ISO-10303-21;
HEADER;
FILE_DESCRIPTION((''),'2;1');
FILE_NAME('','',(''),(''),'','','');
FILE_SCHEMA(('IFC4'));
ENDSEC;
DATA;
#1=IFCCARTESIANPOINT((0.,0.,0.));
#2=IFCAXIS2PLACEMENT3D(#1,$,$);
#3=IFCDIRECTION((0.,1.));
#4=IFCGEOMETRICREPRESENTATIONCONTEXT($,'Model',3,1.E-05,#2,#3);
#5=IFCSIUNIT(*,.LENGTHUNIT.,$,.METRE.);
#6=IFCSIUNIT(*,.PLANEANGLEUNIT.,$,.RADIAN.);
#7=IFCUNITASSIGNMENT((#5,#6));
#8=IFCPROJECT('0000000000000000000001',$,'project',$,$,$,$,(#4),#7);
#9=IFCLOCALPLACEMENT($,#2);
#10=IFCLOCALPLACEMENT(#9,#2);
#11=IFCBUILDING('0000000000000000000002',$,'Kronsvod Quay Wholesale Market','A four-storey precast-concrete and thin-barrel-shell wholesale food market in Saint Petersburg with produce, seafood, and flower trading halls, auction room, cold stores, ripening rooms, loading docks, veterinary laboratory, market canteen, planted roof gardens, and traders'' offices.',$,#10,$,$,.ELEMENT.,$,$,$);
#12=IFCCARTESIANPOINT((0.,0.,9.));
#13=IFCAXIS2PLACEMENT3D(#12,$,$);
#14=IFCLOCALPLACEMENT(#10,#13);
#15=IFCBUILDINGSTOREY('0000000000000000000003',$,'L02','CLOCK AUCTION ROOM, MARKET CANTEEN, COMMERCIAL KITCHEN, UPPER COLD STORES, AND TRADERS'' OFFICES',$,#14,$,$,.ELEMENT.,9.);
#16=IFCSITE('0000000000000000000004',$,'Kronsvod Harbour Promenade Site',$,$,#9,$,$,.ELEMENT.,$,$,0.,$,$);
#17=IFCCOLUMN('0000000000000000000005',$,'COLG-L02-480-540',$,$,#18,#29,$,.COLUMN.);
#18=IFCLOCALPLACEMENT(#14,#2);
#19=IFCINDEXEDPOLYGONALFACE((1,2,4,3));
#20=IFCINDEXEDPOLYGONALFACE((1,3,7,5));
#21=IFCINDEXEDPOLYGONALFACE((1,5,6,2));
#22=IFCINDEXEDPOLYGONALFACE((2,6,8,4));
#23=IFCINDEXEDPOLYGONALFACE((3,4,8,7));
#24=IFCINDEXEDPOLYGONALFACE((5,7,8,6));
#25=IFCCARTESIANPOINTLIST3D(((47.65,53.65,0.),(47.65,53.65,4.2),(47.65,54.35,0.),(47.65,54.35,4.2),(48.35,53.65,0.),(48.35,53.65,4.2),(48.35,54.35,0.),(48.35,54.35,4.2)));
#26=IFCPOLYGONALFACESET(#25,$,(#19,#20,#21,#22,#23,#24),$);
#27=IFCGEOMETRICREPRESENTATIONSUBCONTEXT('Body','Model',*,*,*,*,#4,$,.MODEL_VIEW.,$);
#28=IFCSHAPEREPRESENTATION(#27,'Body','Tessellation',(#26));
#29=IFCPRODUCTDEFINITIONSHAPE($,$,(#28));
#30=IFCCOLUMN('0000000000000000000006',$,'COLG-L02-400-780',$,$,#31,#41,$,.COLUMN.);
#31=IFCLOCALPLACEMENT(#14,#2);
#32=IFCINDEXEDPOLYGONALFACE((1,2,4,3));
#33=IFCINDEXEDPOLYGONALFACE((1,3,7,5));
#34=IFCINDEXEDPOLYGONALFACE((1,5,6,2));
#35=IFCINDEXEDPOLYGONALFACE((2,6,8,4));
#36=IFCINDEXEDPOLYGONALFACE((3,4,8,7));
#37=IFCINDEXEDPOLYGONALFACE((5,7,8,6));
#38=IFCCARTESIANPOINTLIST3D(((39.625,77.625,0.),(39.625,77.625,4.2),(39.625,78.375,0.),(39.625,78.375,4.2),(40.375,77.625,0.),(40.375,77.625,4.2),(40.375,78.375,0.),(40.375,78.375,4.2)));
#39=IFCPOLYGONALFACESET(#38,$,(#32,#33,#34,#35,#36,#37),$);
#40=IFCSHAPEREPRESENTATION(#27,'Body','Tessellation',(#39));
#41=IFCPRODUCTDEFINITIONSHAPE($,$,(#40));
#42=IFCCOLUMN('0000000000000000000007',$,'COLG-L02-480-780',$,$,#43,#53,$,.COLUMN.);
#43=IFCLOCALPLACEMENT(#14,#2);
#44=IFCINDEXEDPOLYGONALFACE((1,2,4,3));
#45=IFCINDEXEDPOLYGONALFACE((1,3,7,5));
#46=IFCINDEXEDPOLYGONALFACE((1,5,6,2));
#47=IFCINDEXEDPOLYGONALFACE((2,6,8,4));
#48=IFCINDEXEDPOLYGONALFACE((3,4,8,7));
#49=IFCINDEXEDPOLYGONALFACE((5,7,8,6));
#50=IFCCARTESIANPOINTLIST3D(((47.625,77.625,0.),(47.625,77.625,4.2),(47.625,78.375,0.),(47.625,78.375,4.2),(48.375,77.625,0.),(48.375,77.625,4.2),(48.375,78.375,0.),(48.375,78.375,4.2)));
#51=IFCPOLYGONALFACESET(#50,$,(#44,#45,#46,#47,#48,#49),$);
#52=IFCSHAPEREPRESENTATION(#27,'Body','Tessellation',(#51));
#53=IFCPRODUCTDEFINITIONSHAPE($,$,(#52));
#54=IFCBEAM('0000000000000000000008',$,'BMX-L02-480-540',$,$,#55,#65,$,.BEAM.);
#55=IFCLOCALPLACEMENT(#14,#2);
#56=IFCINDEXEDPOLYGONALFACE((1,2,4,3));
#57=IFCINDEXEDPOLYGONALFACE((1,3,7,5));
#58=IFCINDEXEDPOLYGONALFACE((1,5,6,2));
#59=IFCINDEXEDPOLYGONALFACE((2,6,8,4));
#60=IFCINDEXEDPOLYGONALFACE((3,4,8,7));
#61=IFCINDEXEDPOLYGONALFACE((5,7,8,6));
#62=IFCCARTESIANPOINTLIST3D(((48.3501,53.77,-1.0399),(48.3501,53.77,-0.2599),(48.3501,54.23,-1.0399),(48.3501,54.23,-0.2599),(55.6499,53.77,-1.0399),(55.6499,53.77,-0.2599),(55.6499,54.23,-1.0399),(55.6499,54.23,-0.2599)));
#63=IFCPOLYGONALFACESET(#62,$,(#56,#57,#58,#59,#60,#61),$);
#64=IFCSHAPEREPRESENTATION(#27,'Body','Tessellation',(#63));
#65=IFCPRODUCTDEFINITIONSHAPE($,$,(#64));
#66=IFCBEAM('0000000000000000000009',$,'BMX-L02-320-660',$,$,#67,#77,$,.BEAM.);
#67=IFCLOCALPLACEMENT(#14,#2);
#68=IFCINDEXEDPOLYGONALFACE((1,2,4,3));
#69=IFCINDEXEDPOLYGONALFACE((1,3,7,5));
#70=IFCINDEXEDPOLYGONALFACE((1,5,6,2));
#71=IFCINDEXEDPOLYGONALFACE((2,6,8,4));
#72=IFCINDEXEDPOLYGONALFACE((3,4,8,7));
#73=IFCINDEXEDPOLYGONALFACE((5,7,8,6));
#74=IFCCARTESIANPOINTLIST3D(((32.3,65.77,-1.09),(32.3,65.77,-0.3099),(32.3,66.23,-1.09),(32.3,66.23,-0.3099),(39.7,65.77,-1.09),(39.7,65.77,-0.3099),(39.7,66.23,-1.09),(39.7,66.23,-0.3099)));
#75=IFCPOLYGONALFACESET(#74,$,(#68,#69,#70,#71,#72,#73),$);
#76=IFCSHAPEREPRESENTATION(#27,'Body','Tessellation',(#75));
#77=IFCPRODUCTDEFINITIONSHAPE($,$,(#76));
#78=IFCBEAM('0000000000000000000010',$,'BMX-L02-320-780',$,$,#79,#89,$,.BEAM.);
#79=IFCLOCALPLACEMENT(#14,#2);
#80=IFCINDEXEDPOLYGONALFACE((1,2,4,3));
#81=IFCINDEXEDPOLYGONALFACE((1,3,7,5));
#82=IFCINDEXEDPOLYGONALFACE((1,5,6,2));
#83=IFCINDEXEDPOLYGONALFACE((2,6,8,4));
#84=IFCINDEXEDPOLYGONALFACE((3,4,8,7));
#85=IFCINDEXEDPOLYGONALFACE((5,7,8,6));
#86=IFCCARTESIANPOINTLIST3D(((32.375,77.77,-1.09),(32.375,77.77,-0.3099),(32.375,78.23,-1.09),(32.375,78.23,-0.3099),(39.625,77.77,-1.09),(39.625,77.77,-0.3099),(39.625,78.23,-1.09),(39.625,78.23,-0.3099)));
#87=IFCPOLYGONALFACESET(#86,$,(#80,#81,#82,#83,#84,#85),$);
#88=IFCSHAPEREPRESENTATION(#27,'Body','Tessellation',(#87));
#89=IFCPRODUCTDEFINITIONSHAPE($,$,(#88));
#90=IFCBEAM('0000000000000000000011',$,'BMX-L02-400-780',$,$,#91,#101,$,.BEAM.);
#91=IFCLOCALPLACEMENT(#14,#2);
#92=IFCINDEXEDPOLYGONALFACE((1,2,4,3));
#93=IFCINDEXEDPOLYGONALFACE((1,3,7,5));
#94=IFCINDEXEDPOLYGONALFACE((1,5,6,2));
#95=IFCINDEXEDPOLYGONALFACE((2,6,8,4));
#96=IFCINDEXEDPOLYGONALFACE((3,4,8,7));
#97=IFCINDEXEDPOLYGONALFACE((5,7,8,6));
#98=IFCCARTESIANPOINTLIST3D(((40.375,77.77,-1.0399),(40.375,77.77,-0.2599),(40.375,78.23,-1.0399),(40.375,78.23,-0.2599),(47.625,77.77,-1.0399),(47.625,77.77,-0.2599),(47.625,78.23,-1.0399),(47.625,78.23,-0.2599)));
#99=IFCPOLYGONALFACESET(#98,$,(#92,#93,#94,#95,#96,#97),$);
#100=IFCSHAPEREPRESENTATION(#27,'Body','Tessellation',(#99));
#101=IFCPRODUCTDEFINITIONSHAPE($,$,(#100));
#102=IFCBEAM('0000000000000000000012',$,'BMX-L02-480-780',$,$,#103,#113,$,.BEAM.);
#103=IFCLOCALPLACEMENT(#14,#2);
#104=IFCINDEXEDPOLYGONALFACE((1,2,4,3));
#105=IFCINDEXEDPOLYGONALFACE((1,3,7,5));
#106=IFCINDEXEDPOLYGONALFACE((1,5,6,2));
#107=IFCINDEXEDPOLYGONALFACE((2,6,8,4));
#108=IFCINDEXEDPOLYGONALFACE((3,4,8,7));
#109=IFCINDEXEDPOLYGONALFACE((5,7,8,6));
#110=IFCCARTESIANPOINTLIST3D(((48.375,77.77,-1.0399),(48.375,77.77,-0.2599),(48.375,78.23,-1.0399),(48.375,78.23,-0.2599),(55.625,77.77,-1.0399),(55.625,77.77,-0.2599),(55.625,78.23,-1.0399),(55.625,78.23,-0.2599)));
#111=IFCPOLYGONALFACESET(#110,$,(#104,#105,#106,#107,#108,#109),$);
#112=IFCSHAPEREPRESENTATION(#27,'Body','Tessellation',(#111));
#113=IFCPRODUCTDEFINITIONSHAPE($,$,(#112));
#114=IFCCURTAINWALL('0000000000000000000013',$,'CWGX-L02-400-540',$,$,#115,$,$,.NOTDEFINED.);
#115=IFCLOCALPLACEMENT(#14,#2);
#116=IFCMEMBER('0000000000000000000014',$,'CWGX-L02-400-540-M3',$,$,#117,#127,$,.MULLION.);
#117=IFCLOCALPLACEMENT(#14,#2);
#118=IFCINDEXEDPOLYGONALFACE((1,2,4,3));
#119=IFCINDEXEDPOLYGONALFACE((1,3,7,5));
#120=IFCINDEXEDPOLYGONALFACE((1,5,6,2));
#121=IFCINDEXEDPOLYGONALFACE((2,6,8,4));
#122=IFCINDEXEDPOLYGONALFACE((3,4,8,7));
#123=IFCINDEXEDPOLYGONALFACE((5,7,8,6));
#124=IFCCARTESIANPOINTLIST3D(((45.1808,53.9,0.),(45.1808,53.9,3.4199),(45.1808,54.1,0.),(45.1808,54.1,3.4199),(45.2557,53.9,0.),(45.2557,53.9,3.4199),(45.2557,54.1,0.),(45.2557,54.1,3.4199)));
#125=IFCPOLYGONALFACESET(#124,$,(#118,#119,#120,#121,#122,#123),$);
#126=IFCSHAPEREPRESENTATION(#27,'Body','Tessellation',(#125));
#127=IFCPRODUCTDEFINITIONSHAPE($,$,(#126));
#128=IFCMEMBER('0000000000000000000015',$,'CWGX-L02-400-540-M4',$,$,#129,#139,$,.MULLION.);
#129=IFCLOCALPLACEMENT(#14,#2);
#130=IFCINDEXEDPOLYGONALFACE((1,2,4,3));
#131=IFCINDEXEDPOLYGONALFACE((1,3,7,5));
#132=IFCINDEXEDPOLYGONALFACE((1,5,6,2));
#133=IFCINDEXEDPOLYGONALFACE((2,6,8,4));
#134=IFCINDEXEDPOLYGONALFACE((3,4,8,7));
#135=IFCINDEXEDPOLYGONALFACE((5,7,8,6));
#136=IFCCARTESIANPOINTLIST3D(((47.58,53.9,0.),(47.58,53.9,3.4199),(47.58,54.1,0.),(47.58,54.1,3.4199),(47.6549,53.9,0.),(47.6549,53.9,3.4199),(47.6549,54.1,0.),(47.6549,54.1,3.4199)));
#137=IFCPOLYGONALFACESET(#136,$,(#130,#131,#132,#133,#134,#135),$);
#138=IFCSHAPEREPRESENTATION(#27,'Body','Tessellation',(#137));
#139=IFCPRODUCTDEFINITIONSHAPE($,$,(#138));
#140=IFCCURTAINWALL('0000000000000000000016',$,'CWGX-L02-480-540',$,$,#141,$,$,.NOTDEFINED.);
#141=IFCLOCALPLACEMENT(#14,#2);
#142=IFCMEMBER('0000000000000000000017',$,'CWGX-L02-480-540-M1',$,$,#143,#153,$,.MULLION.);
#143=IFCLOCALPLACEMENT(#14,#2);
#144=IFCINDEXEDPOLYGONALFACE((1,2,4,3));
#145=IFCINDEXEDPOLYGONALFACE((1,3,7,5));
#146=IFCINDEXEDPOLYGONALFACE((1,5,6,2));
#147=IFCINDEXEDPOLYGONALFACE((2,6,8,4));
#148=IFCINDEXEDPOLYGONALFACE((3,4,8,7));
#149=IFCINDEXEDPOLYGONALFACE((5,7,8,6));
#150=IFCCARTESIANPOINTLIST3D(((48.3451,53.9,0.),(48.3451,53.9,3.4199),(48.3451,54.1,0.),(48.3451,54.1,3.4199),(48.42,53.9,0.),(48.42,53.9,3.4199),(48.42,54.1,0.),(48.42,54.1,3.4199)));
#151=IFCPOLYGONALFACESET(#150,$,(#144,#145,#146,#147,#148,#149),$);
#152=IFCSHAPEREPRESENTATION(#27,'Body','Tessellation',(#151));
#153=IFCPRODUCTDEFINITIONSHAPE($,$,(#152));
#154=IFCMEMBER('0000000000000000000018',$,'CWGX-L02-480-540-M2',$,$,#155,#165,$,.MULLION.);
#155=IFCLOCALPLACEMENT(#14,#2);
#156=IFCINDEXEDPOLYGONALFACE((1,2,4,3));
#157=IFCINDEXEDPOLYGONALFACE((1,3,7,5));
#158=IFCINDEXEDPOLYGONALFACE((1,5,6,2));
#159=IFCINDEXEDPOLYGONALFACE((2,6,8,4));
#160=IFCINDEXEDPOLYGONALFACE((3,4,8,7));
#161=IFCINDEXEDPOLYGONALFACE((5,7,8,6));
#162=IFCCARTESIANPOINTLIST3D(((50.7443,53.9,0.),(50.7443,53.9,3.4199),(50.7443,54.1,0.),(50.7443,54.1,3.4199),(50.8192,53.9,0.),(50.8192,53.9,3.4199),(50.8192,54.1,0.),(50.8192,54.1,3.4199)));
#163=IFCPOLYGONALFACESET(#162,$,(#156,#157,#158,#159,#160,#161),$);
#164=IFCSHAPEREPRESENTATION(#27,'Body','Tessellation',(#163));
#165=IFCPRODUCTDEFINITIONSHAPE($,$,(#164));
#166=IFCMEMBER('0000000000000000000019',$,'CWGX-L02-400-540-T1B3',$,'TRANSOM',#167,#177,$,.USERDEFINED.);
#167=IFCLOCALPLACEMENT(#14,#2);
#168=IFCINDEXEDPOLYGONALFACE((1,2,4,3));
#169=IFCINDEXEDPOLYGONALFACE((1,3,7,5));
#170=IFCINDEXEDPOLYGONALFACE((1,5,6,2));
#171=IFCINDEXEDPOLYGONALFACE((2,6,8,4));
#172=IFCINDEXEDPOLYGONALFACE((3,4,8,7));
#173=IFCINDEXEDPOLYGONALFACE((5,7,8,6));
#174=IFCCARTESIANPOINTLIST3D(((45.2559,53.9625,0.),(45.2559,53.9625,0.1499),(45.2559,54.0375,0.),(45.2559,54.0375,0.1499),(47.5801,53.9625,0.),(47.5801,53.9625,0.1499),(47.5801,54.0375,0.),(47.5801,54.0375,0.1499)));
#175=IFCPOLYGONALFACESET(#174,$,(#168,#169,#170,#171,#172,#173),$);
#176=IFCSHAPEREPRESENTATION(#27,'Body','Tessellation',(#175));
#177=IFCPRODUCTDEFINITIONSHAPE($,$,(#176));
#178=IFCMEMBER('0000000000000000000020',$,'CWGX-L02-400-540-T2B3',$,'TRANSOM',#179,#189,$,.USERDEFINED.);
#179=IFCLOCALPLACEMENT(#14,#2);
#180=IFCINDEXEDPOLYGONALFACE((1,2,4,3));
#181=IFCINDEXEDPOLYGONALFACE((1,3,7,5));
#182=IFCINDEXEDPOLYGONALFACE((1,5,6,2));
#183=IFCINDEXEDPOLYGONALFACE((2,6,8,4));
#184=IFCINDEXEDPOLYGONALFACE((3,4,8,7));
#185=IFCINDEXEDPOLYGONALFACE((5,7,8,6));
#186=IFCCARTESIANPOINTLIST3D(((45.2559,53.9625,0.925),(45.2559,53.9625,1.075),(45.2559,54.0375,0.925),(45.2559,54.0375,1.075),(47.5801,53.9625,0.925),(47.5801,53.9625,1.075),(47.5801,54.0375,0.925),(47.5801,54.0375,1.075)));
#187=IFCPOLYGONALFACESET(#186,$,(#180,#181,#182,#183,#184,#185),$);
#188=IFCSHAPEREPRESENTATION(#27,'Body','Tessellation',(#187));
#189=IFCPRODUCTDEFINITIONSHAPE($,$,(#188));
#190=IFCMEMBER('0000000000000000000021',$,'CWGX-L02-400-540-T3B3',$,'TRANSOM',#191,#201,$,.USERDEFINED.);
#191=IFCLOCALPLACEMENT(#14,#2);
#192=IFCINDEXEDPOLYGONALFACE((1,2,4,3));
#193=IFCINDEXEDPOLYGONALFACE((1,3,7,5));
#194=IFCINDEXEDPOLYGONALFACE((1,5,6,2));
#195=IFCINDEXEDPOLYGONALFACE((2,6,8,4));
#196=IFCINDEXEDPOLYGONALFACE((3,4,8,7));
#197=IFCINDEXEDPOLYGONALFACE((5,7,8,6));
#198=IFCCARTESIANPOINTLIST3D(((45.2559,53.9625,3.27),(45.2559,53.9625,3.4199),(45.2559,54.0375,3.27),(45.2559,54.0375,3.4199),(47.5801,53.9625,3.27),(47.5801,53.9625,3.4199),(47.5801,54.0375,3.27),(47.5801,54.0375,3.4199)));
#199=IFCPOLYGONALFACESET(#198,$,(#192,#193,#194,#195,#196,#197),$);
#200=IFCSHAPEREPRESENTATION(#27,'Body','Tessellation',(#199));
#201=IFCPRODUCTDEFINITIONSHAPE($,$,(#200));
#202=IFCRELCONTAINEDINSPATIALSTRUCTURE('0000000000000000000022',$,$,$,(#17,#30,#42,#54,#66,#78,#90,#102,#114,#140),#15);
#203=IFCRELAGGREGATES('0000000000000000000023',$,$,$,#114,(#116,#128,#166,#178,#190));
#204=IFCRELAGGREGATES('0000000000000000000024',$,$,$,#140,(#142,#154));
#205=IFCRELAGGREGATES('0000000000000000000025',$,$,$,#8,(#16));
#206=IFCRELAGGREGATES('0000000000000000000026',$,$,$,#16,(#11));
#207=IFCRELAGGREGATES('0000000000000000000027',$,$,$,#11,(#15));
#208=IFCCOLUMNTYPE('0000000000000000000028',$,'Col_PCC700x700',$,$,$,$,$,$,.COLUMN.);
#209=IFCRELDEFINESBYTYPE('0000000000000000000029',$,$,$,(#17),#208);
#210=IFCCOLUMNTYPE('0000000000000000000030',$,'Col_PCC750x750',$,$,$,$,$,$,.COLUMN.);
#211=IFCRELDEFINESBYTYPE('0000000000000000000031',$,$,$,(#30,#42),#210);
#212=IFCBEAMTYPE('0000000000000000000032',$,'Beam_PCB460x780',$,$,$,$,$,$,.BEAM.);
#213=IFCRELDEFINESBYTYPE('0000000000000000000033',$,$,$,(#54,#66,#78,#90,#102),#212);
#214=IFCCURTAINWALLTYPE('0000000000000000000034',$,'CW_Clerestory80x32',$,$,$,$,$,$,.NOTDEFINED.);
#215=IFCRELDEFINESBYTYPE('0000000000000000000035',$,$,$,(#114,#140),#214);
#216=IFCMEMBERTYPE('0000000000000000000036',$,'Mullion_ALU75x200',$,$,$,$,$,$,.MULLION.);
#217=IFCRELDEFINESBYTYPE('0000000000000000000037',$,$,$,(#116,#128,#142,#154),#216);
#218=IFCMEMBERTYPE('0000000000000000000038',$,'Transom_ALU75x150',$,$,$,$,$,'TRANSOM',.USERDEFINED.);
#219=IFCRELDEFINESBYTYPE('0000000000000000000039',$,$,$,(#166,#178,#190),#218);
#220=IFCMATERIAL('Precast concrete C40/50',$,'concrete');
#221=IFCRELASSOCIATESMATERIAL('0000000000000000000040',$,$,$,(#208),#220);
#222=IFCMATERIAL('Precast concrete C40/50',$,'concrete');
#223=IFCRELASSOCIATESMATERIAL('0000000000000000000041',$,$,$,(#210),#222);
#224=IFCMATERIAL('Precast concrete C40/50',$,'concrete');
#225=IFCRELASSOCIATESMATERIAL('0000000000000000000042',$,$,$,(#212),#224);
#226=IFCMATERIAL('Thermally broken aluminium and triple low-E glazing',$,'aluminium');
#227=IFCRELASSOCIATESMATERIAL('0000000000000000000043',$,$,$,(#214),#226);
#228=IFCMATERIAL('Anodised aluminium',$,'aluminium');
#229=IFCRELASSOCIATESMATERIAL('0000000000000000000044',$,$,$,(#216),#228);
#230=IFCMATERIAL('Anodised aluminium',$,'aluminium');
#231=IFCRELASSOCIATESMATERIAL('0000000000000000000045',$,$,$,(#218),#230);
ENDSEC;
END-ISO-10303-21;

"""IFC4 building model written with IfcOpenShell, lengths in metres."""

from ifc_helpers import new_model, si_unit, direction, frame, origin, origin_2d, place, context, subcontext, project, spatial, rectangle, extrude, material, material_profile, profile_set, type_object, element, aggregate, save


model = new_model("IFC4")

# Units and contexts
model_context = context("Model", 3, precision=1e-05, world=origin(), true_north=direction((0.0, 1.0)))
body_context = subcontext(model_context, "Body", "Model", "MODEL_VIEW")
ifc_project = project(units=[si_unit("LENGTHUNIT", "METRE"), si_unit("PLANEANGLEUNIT", "RADIAN")], contexts=[model_context])

# Site, building, storey
site_placement = place(None, origin())
site = spatial("IfcSite", under=ifc_project, at=site_placement, Name="Kronsvod Harbour Promenade Site", CompositionType="ELEMENT", RefElevation=0.0)
building_placement = place(site_placement, origin())
building = spatial("IfcBuilding", under=site, at=building_placement, Name="Kronsvod Quay Wholesale Market", Description="A four-storey precast-concrete and thin-barrel-shell wholesale food market in Saint Petersburg with produce, seafood, and flower trading halls, auction room, cold stores, ripening rooms, loading docks, veterinary laboratory, market canteen, planted roof gardens, and traders' offices.", CompositionType="ELEMENT")
storey_placement = place(building_placement, frame((0.0, 0.0, 9.0)))
storey = spatial("IfcBuildingStorey", under=building, at=storey_placement, Name="L02", Description="CLOCK AUCTION ROOM, MARKET CANTEEN, COMMERCIAL KITCHEN, UPPER COLD STORES, AND TRADERS' OFFICES", CompositionType="ELEMENT", Elevation=9.0)

# Columns
ifc_material_1 = material(Name="Precast concrete C40/50", Category="concrete")
ifc_material_profile_1 = material_profile(ifc_material_1, rectangle(XDim=0.7, YDim=0.7, at=origin_2d()), Name="PCC700x700")
ifc_profile_set_1 = profile_set([ifc_material_profile_1], Name="Precast concrete C40/50")
column_type_1 = type_object("IfcColumnType", Name="Col_PCC700x700", PredefinedType="COLUMN", material=ifc_profile_set_1)
column_placement = place(storey_placement, frame((48.0, 54.0, 0.0), z_axis=(0.0, 0.0, 1.0), x_axis=(1.0, 0.0, 0.0)))
element("IfcColumn", 1, at=column_placement, inside=storey, type_object=column_type_1, Name="COLG-L02-480-540", PredefinedType="COLUMN", context=body_context, shape_type="SweptSolid", body=[
    extrude(rectangle(XDim=0.7, YDim=0.7, at=origin_2d()), origin(), (0.0, 0.0, 1.0), 4.2),
])
ifc_material_2 = material(Name="Precast concrete C40/50", Category="concrete")
ifc_material_profile_2 = material_profile(ifc_material_2, rectangle(XDim=0.75, YDim=0.75, at=origin_2d()), Name="COL-07")
ifc_profile_set_2 = profile_set([ifc_material_profile_2], Name="Precast concrete C40/50")
column_type_2 = type_object("IfcColumnType", Name="Col_PCC750x750", PredefinedType="COLUMN", material=ifc_profile_set_2)
for number, where, z_axis, x_axis, name in (
    (2, (40.0, 78.0, 0.0), (0.0, 0.0, 1.0), (1.0, 0.0, 0.0), "COLG-L02-400-780"),
    (3, (48.0, 78.0, 0.0), (0.0, 0.0, 1.0), (1.0, 0.0, 0.0), "COLG-L02-480-780"),
):
    element("IfcColumn", number, at=place(storey_placement, frame(where, z_axis=z_axis, x_axis=x_axis)), inside=storey, type_object=column_type_2, Name=name, PredefinedType="COLUMN", context=body_context, shape_type="SweptSolid", body=[
        extrude(rectangle(XDim=0.75, YDim=0.75, at=origin_2d()), origin(), (0.0, 0.0, 1.0), 4.2),
    ])

# Beams
ifc_material_3 = material(Name="Precast concrete C40/50", Category="concrete")
ifc_material_profile_3 = material_profile(ifc_material_3, rectangle(XDim=0.46, YDim=0.78, at=origin_2d()), Name="PB-03")
ifc_profile_set_3 = profile_set([ifc_material_profile_3], Name="Precast concrete C40/50")
beam_type = type_object("IfcBeamType", Name="Beam_PCB460x780", PredefinedType="BEAM", material=ifc_profile_set_3)
beam_1_placement = place(storey_placement, frame((48.3501, 54.0, -0.6499), z_axis=(1.0, 0.0, 0.0), x_axis=(0.0, 1.0, 0.0)))
element("IfcBeam", 4, at=beam_1_placement, inside=storey, type_object=beam_type, Name="BMX-L02-480-540", PredefinedType="BEAM", context=body_context, shape_type="SweptSolid", body=[
    extrude(rectangle(XDim=0.46, YDim=0.78, at=origin_2d()), origin(), (0.0, 0.0, 1.0), 7.2998),
])
beam_2_placement = place(storey_placement, frame((32.3, 66.0, -0.7), z_axis=(1.0, 0.0, 0.0), x_axis=(0.0, 1.0, 0.0)))
element("IfcBeam", 5, at=beam_2_placement, inside=storey, type_object=beam_type, Name="BMX-L02-320-660", PredefinedType="BEAM", context=body_context, shape_type="SweptSolid", body=[
    extrude(rectangle(XDim=0.46, YDim=0.78, at=origin_2d()), origin(), (0.0, 0.0, 1.0), 7.3999),
])
for number, where, z_axis, x_axis, name in (
    (6, (32.375, 78.0, -0.7), (1.0, 0.0, 0.0), (0.0, 1.0, 0.0), "BMX-L02-320-780"),
    (7, (40.375, 78.0, -0.6499), (1.0, 0.0, 0.0), (0.0, 1.0, 0.0), "BMX-L02-400-780"),
    (8, (48.375, 78.0, -0.6499), (1.0, 0.0, 0.0), (0.0, 1.0, 0.0), "BMX-L02-480-780"),
):
    element("IfcBeam", number, at=place(storey_placement, frame(where, z_axis=z_axis, x_axis=x_axis)), inside=storey, type_object=beam_type, Name=name, PredefinedType="BEAM", context=body_context, shape_type="SweptSolid", body=[
        extrude(rectangle(XDim=0.46, YDim=0.78, at=origin_2d()), origin(), (0.0, 0.0, 1.0), 7.25),
    ])

# Curtain walls, members
ifc_material_4 = material(Name="Thermally broken aluminium and triple low-E glazing", Category="aluminium")
curtain_wall_type = type_object("IfcCurtainWallType", Name="CW_Clerestory80x32", PredefinedType="NOTDEFINED", material=ifc_material_4)
curtain_wall_1_placement = place(storey_placement, origin())
curtain_wall_1 = element("IfcCurtainWall", 9, at=curtain_wall_1_placement, inside=storey, type_object=curtain_wall_type, Name="CWGX-L02-400-540", PredefinedType="NOTDEFINED")
ifc_material_5 = material(Name="Anodised aluminium", Category="aluminium")
ifc_material_profile_4 = material_profile(ifc_material_5, rectangle(XDim=0.075, YDim=0.2, at=origin_2d()), Name="ALUM75x200")
ifc_profile_set_4 = profile_set([ifc_material_profile_4], Name="Anodised aluminium")
member_type_1 = type_object("IfcMemberType", Name="Mullion_ALU75x200", PredefinedType="MULLION", material=ifc_profile_set_4)
member_1_placement = place(storey_placement, frame((45.2183, 54.0, 0.0), z_axis=(0.0, 0.0, 1.0), x_axis=(1.0, 0.0, 0.0)))
member_1 = element("IfcMember", 10, at=member_1_placement, type_object=member_type_1, Name="CWGX-L02-400-540-M3", PredefinedType="MULLION", context=body_context, shape_type="SweptSolid", body=[
    extrude(rectangle(XDim=0.075, YDim=0.2, at=origin_2d()), origin(), (0.0, 0.0, 1.0), 3.4199),
])
member_2_placement = place(storey_placement, frame((47.6174, 54.0, 0.0), z_axis=(0.0, 0.0, 1.0), x_axis=(1.0, 0.0, 0.0)))
member_2 = element("IfcMember", 11, at=member_2_placement, type_object=member_type_1, Name="CWGX-L02-400-540-M4", PredefinedType="MULLION", context=body_context, shape_type="SweptSolid", body=[
    extrude(rectangle(XDim=0.075, YDim=0.2, at=origin_2d()), origin(), (0.0, 0.0, 1.0), 3.4199),
])
curtain_wall_2_placement = place(storey_placement, origin())
curtain_wall_2 = element("IfcCurtainWall", 12, at=curtain_wall_2_placement, inside=storey, type_object=curtain_wall_type, Name="CWGX-L02-480-540", PredefinedType="NOTDEFINED")
member_3_placement = place(storey_placement, frame((48.3826, 54.0, 0.0), z_axis=(0.0, 0.0, 1.0), x_axis=(1.0, 0.0, 0.0)))
member_3 = element("IfcMember", 13, at=member_3_placement, type_object=member_type_1, Name="CWGX-L02-480-540-M1", PredefinedType="MULLION", context=body_context, shape_type="SweptSolid", body=[
    extrude(rectangle(XDim=0.075, YDim=0.2, at=origin_2d()), origin(), (0.0, 0.0, 1.0), 3.4199),
])
member_4_placement = place(storey_placement, frame((50.7817, 54.0, 0.0), z_axis=(0.0, 0.0, 1.0), x_axis=(1.0, 0.0, 0.0)))
member_4 = element("IfcMember", 14, at=member_4_placement, type_object=member_type_1, Name="CWGX-L02-480-540-M2", PredefinedType="MULLION", context=body_context, shape_type="SweptSolid", body=[
    extrude(rectangle(XDim=0.075, YDim=0.2, at=origin_2d()), origin(), (0.0, 0.0, 1.0), 3.4199),
])

# Members
ifc_material_6 = material(Name="Anodised aluminium", Category="aluminium")
ifc_material_profile_5 = material_profile(ifc_material_6, rectangle(XDim=0.075, YDim=0.1499, at=origin_2d()), Name="ALUT75x150")
ifc_profile_set_5 = profile_set([ifc_material_profile_5], Name="Anodised aluminium")
member_type_2 = type_object("IfcMemberType", Name="Transom_ALU75x150", ElementType="TRANSOM", PredefinedType="USERDEFINED", material=ifc_profile_set_5)
member_5_placement = place(storey_placement, frame((45.2559, 54.0, 0.075), z_axis=(1.0, 0.0, 0.0), x_axis=(0.0, 1.0, 0.0)))
member_5 = element("IfcMember", 15, at=member_5_placement, type_object=member_type_2, Name="CWGX-L02-400-540-T1B3", ObjectType="TRANSOM", PredefinedType="USERDEFINED", context=body_context, shape_type="SweptSolid", body=[
    extrude(rectangle(XDim=0.075, YDim=0.1499, at=origin_2d()), origin(), (0.0, 0.0, 1.0), 2.3242),
])
member_6_placement = place(storey_placement, frame((45.2559, 54.0, 1.0), z_axis=(1.0, 0.0, 0.0), x_axis=(0.0, 1.0, 0.0)))
member_6 = element("IfcMember", 16, at=member_6_placement, type_object=member_type_2, Name="CWGX-L02-400-540-T2B3", ObjectType="TRANSOM", PredefinedType="USERDEFINED", context=body_context, shape_type="SweptSolid", body=[
    extrude(rectangle(XDim=0.075, YDim=0.1499, at=origin_2d()), origin(), (0.0, 0.0, 1.0), 2.3242),
])
member_7_placement = place(storey_placement, frame((45.2559, 54.0, 3.345), z_axis=(1.0, 0.0, 0.0), x_axis=(0.0, 1.0, 0.0)))
member_7 = element("IfcMember", 17, at=member_7_placement, type_object=member_type_2, Name="CWGX-L02-400-540-T3B3", ObjectType="TRANSOM", PredefinedType="USERDEFINED", context=body_context, shape_type="SweptSolid", body=[
    extrude(rectangle(XDim=0.075, YDim=0.1499, at=origin_2d()), origin(), (0.0, 0.0, 1.0), 2.3242),
])

aggregate(curtain_wall_1, [member_1, member_2, member_5, member_6, member_7])
aggregate(curtain_wall_2, [member_3, member_4])

save(model, "model.ifc")
